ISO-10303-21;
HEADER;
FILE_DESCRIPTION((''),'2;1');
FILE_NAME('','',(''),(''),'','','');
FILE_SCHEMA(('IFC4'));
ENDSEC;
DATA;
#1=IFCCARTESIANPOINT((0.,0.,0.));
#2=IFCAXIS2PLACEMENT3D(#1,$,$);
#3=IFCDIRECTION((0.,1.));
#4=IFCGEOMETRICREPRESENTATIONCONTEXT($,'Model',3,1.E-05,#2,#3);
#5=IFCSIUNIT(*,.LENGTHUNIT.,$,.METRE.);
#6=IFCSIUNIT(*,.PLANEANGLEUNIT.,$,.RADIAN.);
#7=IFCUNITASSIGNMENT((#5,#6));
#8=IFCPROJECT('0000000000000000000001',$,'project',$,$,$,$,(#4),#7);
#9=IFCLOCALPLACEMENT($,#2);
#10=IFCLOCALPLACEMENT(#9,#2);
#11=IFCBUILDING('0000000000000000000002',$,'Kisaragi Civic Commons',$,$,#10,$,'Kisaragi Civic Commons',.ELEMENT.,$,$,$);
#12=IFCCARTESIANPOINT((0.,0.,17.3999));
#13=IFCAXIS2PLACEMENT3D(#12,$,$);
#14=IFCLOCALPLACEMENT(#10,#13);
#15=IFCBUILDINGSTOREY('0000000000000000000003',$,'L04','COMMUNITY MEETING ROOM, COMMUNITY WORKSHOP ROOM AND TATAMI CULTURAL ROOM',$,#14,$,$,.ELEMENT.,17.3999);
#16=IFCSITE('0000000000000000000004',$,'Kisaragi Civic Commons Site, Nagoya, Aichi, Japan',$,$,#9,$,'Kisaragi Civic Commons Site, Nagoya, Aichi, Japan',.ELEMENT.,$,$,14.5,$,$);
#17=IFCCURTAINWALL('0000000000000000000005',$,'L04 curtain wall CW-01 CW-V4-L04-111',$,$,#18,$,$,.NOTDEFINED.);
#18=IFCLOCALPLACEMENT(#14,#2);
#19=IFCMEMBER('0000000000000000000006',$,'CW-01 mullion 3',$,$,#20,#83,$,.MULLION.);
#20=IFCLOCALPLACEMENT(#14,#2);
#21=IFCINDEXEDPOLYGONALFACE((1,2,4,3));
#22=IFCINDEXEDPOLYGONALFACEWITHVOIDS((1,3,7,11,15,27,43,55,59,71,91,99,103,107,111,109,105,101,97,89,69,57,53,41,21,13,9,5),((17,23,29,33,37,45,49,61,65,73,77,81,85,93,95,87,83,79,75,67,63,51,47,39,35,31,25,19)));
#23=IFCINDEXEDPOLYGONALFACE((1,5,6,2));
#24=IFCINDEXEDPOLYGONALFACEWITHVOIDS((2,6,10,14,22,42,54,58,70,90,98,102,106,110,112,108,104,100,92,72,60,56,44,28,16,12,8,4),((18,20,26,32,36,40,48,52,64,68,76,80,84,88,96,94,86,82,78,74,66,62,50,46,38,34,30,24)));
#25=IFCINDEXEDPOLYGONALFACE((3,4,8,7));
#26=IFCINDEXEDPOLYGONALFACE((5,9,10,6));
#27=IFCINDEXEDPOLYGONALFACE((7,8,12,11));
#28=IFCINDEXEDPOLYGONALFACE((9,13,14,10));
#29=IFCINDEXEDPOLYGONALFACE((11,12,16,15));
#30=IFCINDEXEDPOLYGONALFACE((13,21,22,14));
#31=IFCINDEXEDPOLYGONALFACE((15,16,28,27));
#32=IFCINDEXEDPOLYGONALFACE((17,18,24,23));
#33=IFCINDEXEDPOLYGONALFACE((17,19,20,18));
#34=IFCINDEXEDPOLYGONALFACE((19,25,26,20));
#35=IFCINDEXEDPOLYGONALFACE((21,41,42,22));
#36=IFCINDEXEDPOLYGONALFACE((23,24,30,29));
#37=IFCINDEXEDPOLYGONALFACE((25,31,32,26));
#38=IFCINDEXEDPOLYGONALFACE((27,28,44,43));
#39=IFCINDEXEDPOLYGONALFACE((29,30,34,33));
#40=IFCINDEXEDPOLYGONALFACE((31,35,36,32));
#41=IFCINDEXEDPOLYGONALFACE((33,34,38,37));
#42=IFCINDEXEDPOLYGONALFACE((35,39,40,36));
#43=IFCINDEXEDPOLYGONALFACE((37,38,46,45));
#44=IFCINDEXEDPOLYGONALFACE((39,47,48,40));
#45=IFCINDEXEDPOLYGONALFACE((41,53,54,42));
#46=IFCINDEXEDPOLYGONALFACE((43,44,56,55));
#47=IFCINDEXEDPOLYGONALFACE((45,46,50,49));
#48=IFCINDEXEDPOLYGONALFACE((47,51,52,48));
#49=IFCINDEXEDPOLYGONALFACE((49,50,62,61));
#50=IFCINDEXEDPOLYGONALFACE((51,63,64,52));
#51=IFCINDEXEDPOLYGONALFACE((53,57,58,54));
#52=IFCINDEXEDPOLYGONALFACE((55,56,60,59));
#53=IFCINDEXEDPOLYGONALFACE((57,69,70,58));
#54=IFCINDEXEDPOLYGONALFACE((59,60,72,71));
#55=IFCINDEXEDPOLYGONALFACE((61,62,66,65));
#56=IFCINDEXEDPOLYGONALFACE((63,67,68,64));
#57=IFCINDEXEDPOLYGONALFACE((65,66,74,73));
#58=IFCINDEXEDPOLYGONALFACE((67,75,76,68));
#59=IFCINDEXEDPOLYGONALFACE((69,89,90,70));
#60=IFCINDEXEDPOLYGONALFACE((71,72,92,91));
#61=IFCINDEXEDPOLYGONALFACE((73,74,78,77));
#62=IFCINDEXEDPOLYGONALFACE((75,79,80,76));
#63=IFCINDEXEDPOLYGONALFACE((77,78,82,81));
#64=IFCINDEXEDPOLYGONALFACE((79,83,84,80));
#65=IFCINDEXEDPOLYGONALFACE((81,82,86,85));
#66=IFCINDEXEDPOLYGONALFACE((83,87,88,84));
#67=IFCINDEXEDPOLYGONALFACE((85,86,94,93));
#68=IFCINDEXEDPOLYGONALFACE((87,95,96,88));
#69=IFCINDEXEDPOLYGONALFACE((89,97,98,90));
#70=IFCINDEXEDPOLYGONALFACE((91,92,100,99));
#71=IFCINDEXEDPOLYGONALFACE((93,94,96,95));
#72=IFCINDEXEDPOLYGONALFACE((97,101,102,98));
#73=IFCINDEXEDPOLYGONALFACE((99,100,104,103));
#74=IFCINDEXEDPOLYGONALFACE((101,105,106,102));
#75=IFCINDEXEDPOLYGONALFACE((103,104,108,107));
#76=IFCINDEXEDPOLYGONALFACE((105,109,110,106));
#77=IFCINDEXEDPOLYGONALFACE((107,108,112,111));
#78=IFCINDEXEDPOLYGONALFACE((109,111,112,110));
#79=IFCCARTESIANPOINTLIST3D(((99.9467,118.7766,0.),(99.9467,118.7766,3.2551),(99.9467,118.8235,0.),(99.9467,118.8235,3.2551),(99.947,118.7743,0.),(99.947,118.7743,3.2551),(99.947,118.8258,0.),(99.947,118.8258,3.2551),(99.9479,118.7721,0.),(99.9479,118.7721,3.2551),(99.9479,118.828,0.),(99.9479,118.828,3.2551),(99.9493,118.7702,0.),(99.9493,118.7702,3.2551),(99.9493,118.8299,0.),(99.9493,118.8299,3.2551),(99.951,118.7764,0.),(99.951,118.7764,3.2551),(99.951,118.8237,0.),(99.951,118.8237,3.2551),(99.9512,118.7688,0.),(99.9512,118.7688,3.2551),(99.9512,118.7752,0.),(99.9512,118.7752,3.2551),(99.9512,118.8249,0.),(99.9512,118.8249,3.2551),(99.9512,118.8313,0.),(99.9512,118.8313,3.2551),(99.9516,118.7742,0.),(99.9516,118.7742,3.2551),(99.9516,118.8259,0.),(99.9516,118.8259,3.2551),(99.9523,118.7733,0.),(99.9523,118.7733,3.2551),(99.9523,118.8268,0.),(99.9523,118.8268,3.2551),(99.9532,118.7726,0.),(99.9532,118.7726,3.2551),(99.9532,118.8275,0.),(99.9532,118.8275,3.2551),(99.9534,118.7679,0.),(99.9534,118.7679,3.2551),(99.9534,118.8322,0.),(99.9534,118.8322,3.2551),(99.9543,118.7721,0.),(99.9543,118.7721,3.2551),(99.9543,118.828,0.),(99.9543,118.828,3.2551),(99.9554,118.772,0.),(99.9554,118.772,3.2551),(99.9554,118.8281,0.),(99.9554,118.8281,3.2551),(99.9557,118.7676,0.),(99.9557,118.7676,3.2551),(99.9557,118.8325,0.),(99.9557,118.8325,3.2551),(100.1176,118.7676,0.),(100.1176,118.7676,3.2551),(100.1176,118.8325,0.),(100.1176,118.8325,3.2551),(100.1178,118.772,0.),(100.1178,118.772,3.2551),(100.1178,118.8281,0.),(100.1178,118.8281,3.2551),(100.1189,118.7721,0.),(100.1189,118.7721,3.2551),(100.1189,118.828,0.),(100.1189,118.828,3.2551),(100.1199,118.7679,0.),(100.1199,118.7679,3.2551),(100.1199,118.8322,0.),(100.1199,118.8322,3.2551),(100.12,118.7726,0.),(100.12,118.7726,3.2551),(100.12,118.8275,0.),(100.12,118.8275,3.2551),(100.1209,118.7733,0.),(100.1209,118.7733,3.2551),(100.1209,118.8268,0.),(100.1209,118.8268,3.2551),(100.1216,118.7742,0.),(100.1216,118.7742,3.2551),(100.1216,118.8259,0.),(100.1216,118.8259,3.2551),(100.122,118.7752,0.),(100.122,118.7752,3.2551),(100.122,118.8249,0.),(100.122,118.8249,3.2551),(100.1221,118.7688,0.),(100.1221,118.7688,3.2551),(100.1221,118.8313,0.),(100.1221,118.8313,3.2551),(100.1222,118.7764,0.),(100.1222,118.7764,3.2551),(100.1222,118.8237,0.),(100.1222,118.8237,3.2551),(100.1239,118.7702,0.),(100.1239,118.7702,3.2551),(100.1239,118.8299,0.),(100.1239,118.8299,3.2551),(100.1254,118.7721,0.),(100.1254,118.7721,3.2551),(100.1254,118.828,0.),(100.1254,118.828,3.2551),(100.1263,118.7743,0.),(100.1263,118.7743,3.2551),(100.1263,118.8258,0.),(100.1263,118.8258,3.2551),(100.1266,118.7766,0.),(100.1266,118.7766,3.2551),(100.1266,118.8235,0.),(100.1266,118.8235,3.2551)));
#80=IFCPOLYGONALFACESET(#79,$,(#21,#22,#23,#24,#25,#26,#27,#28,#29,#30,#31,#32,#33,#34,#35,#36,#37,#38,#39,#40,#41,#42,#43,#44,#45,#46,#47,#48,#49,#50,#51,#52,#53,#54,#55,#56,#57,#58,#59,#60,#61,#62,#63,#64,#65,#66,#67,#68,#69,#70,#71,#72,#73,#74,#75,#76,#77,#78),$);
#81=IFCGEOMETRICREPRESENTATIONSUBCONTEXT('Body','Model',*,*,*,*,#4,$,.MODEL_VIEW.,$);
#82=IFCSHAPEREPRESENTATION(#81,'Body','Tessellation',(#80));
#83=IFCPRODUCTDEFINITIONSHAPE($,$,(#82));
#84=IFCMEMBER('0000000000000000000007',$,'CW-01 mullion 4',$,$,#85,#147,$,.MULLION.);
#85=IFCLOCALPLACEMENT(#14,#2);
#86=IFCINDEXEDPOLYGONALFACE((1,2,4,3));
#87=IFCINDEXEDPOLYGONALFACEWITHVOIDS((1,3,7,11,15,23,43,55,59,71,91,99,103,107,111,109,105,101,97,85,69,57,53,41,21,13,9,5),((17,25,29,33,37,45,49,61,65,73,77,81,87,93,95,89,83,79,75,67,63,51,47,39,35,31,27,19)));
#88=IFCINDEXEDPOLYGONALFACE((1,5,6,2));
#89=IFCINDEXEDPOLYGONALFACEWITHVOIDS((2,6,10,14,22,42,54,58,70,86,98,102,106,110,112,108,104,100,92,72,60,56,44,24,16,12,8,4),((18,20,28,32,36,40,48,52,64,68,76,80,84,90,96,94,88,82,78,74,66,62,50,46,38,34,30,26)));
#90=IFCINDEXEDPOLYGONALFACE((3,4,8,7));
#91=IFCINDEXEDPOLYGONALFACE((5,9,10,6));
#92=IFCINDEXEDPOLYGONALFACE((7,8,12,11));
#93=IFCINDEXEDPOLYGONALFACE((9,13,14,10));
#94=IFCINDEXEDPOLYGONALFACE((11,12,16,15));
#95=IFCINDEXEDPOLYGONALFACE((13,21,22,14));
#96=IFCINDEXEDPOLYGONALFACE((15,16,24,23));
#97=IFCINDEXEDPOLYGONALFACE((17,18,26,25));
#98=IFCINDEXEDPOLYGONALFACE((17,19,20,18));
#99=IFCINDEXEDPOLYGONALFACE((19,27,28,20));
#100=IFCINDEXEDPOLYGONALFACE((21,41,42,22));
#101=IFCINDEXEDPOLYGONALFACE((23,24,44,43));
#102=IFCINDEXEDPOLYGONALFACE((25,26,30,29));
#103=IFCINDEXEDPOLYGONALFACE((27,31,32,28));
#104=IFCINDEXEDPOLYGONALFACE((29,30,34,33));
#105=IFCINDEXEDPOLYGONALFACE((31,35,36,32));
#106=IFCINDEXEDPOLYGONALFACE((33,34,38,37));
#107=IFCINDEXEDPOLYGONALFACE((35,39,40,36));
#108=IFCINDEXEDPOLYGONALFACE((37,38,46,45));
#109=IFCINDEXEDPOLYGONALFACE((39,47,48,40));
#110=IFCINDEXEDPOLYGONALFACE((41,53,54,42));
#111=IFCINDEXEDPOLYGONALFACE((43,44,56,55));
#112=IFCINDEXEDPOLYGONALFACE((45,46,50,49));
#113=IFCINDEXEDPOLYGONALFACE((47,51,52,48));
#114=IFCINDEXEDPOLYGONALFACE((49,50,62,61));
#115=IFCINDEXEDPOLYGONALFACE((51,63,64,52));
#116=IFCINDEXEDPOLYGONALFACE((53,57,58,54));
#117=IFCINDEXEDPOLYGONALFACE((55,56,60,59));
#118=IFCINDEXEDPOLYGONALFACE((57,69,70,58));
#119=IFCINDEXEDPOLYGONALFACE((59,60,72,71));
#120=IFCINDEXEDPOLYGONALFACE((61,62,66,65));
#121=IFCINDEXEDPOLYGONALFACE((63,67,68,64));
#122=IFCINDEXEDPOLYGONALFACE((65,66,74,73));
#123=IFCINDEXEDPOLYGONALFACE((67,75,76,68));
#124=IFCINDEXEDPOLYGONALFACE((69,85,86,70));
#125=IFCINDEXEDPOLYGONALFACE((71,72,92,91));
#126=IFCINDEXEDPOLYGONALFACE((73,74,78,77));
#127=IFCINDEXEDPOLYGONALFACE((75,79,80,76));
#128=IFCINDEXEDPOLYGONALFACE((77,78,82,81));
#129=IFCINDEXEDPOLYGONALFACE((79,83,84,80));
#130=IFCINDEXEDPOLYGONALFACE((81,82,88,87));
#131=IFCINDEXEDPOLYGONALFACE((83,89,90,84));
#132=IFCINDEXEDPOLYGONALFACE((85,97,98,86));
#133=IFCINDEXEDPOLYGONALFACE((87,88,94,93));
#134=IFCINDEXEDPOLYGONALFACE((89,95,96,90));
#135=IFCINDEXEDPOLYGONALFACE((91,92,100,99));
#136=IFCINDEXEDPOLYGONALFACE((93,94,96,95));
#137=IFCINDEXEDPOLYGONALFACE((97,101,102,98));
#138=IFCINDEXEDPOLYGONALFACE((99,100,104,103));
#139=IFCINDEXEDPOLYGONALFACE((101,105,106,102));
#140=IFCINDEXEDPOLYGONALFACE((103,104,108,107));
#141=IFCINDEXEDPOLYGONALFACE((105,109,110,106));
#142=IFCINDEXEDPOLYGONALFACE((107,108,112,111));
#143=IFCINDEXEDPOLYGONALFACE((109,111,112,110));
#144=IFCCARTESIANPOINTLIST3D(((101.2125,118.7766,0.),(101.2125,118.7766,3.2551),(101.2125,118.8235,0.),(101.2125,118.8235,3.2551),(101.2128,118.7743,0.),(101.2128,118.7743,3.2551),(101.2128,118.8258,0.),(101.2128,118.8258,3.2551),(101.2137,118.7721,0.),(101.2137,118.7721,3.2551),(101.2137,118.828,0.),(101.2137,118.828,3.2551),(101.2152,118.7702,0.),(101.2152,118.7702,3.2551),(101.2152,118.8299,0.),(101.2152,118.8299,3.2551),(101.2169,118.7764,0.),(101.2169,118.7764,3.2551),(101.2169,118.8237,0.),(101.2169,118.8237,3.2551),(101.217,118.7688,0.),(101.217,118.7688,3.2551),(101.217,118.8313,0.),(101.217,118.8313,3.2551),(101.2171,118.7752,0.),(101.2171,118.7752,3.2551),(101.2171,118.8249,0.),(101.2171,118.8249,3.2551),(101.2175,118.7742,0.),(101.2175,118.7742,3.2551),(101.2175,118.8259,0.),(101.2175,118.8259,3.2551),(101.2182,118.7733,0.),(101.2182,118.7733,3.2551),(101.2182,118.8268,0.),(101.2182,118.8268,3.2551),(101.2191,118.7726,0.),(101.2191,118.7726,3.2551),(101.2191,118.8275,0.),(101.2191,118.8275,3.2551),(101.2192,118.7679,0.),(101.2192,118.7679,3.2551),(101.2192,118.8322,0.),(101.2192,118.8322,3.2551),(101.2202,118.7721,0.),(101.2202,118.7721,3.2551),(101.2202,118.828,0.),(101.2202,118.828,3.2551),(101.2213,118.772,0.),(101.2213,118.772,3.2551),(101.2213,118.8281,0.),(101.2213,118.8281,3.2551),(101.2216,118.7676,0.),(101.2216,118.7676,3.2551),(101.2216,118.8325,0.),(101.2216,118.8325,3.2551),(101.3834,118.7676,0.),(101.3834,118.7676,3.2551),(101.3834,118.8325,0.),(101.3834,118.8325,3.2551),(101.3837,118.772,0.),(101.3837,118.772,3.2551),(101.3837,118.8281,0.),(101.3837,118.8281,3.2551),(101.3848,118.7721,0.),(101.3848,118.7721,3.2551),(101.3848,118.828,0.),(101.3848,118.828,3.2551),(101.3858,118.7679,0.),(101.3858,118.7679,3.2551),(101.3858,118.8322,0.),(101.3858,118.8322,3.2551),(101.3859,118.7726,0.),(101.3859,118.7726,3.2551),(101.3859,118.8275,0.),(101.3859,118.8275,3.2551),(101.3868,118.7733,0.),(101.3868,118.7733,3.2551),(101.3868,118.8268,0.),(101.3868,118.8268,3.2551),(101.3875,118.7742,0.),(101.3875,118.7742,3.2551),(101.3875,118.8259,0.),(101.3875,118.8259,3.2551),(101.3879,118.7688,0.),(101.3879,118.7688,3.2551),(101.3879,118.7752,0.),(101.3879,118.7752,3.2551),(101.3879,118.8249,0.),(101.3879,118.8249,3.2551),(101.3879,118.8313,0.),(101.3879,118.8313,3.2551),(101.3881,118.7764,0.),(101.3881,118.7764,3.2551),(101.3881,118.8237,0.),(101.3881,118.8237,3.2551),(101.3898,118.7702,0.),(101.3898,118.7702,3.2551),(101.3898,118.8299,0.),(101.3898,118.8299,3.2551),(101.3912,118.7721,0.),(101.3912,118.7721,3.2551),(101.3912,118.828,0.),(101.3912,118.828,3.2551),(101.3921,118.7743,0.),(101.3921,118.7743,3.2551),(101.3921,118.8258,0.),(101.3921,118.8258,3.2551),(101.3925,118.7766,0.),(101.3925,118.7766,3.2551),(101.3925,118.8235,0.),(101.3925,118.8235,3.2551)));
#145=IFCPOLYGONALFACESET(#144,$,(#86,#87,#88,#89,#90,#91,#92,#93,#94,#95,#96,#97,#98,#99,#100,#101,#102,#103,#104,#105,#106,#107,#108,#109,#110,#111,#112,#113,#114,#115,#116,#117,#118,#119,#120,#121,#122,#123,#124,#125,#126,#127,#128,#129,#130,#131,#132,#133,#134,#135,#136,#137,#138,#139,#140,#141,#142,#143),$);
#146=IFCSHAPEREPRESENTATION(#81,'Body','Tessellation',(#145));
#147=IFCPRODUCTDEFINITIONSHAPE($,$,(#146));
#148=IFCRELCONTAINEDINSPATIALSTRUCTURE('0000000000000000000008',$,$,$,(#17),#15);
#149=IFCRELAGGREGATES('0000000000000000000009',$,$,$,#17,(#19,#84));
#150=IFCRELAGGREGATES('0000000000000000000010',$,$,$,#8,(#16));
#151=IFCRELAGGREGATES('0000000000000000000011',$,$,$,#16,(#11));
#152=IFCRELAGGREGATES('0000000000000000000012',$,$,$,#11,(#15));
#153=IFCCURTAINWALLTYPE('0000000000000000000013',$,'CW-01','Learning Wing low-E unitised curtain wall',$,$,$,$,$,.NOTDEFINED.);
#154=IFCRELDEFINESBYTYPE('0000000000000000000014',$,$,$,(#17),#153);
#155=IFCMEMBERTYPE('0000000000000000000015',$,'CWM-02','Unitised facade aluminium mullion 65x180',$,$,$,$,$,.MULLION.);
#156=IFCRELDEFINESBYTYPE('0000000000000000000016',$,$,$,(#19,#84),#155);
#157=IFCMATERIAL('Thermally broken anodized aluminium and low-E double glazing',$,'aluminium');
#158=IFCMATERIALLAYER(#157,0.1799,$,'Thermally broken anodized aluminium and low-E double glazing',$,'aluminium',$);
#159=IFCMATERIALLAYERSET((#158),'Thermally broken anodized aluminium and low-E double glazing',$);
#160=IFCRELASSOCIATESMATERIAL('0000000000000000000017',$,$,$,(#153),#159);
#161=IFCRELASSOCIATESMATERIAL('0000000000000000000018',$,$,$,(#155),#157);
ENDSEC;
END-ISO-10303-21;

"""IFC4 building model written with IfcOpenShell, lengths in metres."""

from ifc_helpers import new_model, si_unit, direction, frame, origin, origin_2d, place, context, subcontext, project, spatial, hollow_rectangle, extrude, material, layer, layer_set, material_profile, profile_set, type_object, element, aggregate, save


model = new_model("IFC4")

# Units and contexts
model_context = context("Model", 3, precision=1e-05, world=origin(), true_north=direction((0.0, 1.0)))
body_context = subcontext(model_context, "Body", "Model", "MODEL_VIEW")
ifc_project = project(units=[si_unit("LENGTHUNIT", "METRE"), si_unit("PLANEANGLEUNIT", "RADIAN")], contexts=[model_context])

# Site, building, storey
site_placement = place(None, origin())
site = spatial("IfcSite", under=ifc_project, at=site_placement, Name="Kisaragi Civic Commons Site, Nagoya, Aichi, Japan", LongName="Kisaragi Civic Commons Site, Nagoya, Aichi, Japan", CompositionType="ELEMENT", RefElevation=14.5)
building_placement = place(site_placement, origin())
building = spatial("IfcBuilding", under=site, at=building_placement, Name="Kisaragi Civic Commons", LongName="Kisaragi Civic Commons", CompositionType="ELEMENT")
storey_placement = place(building_placement, frame((0.0, 0.0, 17.3999)))
storey = spatial("IfcBuildingStorey", under=building, at=storey_placement, Name="L04", Description="COMMUNITY MEETING ROOM, COMMUNITY WORKSHOP ROOM AND TATAMI CULTURAL ROOM", CompositionType="ELEMENT", Elevation=17.3999)

# Curtain wall, members
ifc_material_1 = material(Name="Thermally broken anodized aluminium and low-E double glazing", Category="aluminium")
ifc_layer_1 = layer(ifc_material_1, 0.1799, Name="Thermally broken anodized aluminium and low-E double glazing", Category="aluminium")
ifc_layer_set_1 = layer_set([ifc_layer_1], Name="Thermally broken anodized aluminium and low-E double glazing")
curtain_wall_type = type_object("IfcCurtainWallType", Name="CW-01", Description="Learning Wing low-E unitised curtain wall", PredefinedType="NOTDEFINED", material=ifc_layer_set_1)
curtain_wall_1_placement = place(storey_placement, origin())
curtain_wall_1 = element("IfcCurtainWall", 1, at=curtain_wall_1_placement, inside=storey, type_object=curtain_wall_type, Name="L04 curtain wall CW-01 CW-V4-L04-111", PredefinedType="NOTDEFINED")
ifc_material_profile_1 = material_profile(ifc_material_1, hollow_rectangle(XDim=0.0649, YDim=0.1799, WallThickness=0.0044, InnerFilletRadius=0.0044, OuterFilletRadius=0.009, at=origin_2d()), Name="CWM-65x180x4.5", Category="aluminium")
ifc_profile_set_1 = profile_set([ifc_material_profile_1], Name="Thermally broken anodized aluminium and low-E double glazing")
member_type_1 = type_object("IfcMemberType", Name="CWM-02", Description="Unitised facade aluminium mullion 65x180", PredefinedType="MULLION", material=ifc_profile_set_1)
member_1_placement = place(storey_placement, frame((100.0366, 118.8, 0.0), z_axis=(0.0, 0.0, 1.0), x_axis=(0.0, 1.0, 0.0)))
member_1 = element("IfcMember", 2, at=member_1_placement, type_object=member_type_1, Name="CW-01 mullion 3", PredefinedType="MULLION", context=body_context, shape_type="SweptSolid", body=[
    extrude(hollow_rectangle(XDim=0.0649, YDim=0.1799, WallThickness=0.0044, InnerFilletRadius=0.0044, OuterFilletRadius=0.009, at=origin_2d()), origin(), (0.0, 0.0, 1.0), 3.2551),
])
member_2_placement = place(storey_placement, frame((101.3025, 118.8, 0.0), z_axis=(0.0, 0.0, 1.0), x_axis=(0.0, 1.0, 0.0)))
member_2 = element("IfcMember", 3, at=member_2_placement, type_object=member_type_1, Name="CW-01 mullion 4", PredefinedType="MULLION", context=body_context, shape_type="SweptSolid", body=[
    extrude(hollow_rectangle(XDim=0.0649, YDim=0.1799, WallThickness=0.0044, InnerFilletRadius=0.0044, OuterFilletRadius=0.009, at=origin_2d()), origin(), (0.0, 0.0, 1.0), 3.2551),
])

aggregate(curtain_wall_1, [member_1, member_2])

save(model, "model.ifc")
